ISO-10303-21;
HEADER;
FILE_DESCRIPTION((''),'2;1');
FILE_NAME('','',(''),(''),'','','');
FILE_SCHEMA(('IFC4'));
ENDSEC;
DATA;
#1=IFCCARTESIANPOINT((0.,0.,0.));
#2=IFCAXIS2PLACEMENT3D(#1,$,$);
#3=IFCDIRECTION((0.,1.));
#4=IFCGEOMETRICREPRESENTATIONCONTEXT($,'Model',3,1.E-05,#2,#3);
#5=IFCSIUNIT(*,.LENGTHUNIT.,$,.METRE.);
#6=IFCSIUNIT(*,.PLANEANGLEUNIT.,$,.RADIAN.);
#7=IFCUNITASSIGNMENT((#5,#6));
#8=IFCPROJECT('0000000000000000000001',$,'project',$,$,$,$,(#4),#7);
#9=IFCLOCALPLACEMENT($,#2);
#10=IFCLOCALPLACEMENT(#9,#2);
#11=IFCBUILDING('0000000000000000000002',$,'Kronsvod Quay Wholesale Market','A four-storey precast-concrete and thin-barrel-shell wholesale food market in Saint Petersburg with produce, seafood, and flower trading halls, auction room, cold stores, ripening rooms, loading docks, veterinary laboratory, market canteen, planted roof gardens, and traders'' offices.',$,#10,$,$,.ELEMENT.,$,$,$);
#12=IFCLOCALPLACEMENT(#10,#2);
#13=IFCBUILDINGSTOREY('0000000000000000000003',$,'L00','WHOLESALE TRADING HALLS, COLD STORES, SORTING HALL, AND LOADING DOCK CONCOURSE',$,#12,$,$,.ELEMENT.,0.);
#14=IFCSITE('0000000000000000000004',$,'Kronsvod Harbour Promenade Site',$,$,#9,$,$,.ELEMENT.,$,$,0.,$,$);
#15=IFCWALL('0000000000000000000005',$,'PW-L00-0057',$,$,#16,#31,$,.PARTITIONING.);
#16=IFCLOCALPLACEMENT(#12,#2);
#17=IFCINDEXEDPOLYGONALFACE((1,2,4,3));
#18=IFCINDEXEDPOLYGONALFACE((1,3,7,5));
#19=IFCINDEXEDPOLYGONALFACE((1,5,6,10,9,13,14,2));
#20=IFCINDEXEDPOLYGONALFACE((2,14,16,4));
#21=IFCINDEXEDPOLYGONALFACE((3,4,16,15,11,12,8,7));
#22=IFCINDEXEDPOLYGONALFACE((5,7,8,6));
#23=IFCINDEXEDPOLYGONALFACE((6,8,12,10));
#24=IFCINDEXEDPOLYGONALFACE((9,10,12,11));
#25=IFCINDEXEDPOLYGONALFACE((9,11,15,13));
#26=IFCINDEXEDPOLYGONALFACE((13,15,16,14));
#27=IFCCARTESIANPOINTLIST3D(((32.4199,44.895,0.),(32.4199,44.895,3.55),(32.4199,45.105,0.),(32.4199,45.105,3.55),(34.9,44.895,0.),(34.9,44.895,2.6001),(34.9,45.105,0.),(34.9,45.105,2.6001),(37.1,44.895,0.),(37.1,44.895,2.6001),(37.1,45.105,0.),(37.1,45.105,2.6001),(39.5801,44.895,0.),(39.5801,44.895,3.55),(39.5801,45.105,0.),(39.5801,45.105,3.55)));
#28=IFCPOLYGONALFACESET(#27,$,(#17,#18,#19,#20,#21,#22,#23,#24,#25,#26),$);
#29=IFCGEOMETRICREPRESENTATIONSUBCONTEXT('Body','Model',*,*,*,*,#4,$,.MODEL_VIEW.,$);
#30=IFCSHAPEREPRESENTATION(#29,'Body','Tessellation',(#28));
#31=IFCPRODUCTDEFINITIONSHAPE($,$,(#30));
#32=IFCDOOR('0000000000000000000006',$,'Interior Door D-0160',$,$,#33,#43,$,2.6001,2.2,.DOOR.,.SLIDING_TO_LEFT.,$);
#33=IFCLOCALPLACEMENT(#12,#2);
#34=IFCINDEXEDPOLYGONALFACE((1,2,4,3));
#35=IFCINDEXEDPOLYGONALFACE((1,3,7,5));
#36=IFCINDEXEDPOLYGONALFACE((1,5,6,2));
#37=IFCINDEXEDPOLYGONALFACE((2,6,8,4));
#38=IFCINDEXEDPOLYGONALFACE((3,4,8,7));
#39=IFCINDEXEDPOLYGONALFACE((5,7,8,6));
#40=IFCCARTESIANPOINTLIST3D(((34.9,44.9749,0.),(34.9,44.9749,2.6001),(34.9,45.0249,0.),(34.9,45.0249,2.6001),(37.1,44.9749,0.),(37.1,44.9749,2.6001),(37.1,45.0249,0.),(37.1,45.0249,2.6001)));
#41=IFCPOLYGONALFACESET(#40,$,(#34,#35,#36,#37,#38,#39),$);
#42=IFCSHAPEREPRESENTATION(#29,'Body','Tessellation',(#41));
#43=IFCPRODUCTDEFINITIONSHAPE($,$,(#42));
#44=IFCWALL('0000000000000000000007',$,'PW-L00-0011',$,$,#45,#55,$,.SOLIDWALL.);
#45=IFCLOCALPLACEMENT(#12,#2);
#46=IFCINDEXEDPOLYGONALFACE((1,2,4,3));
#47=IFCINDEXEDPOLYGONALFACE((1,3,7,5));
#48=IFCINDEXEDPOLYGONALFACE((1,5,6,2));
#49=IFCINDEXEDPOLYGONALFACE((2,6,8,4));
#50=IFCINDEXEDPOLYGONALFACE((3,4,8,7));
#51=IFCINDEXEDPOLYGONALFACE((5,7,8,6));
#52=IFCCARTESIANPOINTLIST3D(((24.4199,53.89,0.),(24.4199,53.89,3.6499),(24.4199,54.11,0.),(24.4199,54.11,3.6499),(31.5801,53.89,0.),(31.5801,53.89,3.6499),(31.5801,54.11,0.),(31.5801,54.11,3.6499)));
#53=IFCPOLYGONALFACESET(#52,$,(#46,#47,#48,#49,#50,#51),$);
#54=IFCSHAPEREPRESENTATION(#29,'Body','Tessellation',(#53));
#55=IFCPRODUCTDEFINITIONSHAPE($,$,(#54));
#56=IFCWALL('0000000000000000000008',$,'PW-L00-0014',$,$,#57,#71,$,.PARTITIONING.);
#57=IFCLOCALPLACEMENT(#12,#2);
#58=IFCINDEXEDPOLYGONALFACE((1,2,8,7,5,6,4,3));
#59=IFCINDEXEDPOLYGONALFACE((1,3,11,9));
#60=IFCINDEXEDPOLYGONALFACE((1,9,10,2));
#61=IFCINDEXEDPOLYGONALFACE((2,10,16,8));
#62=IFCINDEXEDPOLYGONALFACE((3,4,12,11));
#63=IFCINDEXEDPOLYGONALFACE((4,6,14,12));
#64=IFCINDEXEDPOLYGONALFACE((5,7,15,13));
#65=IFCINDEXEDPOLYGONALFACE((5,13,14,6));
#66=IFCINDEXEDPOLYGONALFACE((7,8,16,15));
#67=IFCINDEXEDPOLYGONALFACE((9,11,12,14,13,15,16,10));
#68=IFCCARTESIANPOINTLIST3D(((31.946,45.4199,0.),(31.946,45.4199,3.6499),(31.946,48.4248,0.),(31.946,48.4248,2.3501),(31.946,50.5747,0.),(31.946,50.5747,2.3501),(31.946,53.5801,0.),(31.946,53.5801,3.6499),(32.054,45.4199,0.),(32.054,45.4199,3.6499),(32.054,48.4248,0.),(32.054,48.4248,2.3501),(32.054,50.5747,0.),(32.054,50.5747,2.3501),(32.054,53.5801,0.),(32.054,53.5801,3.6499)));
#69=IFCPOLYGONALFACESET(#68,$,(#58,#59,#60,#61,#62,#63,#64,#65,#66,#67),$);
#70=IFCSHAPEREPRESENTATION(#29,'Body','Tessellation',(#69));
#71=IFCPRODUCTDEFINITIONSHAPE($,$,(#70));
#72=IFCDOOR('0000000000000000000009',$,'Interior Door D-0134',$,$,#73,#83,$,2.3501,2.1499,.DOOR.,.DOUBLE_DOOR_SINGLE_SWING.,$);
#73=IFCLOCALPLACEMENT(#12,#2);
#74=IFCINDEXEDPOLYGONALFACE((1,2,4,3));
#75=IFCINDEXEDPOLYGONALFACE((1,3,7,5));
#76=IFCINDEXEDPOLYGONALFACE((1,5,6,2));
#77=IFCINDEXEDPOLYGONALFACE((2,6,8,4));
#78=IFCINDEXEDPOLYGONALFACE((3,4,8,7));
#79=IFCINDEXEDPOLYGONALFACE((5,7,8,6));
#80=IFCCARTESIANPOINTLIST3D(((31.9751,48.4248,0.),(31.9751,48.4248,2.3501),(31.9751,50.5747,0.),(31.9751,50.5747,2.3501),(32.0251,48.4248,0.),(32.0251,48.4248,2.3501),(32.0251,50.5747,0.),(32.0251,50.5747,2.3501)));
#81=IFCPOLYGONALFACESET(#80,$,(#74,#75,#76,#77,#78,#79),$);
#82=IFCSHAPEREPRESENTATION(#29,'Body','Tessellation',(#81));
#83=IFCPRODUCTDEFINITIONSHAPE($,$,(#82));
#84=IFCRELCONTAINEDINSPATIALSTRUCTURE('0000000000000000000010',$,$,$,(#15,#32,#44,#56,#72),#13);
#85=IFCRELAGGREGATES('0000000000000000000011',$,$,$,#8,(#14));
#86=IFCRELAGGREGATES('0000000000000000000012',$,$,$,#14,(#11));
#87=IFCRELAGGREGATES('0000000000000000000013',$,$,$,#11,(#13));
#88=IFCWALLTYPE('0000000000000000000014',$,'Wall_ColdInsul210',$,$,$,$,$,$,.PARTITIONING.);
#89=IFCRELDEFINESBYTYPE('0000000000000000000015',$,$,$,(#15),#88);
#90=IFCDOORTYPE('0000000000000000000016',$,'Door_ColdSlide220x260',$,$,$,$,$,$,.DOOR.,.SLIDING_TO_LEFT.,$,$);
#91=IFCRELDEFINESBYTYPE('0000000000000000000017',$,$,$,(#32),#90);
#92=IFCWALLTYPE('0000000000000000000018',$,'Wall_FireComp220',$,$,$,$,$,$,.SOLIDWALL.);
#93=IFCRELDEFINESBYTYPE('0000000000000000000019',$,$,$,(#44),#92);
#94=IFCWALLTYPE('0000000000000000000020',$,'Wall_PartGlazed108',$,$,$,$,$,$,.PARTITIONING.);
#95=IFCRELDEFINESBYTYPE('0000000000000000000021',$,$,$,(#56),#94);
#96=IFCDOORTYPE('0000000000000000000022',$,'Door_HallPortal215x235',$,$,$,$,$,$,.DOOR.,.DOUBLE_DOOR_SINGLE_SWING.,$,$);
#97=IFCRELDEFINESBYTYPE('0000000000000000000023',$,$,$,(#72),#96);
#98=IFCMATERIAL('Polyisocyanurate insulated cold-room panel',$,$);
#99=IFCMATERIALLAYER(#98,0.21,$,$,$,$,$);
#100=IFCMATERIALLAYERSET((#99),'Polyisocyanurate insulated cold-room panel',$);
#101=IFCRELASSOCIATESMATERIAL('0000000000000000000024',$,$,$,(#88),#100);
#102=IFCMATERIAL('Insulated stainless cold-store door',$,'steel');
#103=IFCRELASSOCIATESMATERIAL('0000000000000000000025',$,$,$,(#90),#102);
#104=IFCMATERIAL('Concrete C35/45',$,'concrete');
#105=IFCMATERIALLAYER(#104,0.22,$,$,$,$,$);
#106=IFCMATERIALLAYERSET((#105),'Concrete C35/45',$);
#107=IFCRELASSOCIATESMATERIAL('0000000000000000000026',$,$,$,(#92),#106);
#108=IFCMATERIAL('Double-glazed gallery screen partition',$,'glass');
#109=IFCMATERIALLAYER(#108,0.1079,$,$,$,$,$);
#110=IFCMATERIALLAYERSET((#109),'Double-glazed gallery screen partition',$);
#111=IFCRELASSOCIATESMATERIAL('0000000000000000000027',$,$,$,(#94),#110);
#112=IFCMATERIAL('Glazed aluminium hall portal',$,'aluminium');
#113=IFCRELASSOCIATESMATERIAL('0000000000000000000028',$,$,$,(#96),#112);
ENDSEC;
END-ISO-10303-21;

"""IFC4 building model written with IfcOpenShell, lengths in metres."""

from ifc_helpers import new_model, si_unit, direction, frame, frame_2d, origin, place, context, subcontext, project, spatial, rectangle, extrude, material, layer, layer_set, type_object, element, fill, save


model = new_model("IFC4")

# Units and contexts
model_context = context("Model", 3, precision=1e-05, world=origin(), true_north=direction((0.0, 1.0)))
body_context = subcontext(model_context, "Body", "Model", "MODEL_VIEW")
ifc_project = project(units=[si_unit("LENGTHUNIT", "METRE"), si_unit("PLANEANGLEUNIT", "RADIAN")], contexts=[model_context])

# Site, building, storey
site_placement = place(None, origin())
site = spatial("IfcSite", under=ifc_project, at=site_placement, Name="Kronsvod Harbour Promenade Site", CompositionType="ELEMENT", RefElevation=0.0)
building_placement = place(site_placement, origin())
building = spatial("IfcBuilding", under=site, at=building_placement, Name="Kronsvod Quay Wholesale Market", Description="A four-storey precast-concrete and thin-barrel-shell wholesale food market in Saint Petersburg with produce, seafood, and flower trading halls, auction room, cold stores, ripening rooms, loading docks, veterinary laboratory, market canteen, planted roof gardens, and traders' offices.", CompositionType="ELEMENT")
storey_placement = place(building_placement, origin())
storey = spatial("IfcBuildingStorey", under=building, at=storey_placement, Name="L00", Description="WHOLESALE TRADING HALLS, COLD STORES, SORTING HALL, AND LOADING DOCK CONCOURSE", CompositionType="ELEMENT", Elevation=0.0)

# Wall, opening, door
ifc_material_1 = material(Name="Polyisocyanurate insulated cold-room panel")
ifc_layer_1 = layer(ifc_material_1, 0.21)
ifc_layer_set_1 = layer_set([ifc_layer_1], Name="Polyisocyanurate insulated cold-room panel")
wall_type_1 = type_object("IfcWallType", Name="Wall_ColdInsul210", PredefinedType="PARTITIONING", material=ifc_layer_set_1)
wall_1_placement = place(storey_placement, frame((32.4199, 45.0, 0.0), z_axis=(0.0, 0.0, 1.0), x_axis=(1.0, 0.0, 0.0)))
wall_1 = element("IfcWall", 1, at=wall_1_placement, inside=storey, type_object=wall_type_1, Name="PW-L00-0057", PredefinedType="PARTITIONING", context=body_context, shape_type="SweptSolid", body=[
    extrude(rectangle(XDim=7.1602, YDim=0.21, at=frame_2d((3.5801, 0.0))), origin(), (0.0, 0.0, 1.0), 3.55),
])
opening_1_placement = place(wall_1_placement, frame((2.48, 0.0, 0.0)))
opening_1 = element("IfcOpeningElement", 2, at=opening_1_placement, cuts=wall_1, PredefinedType="OPENING", context=body_context, shape_type="SweptSolid", body=[
    extrude(rectangle(XDim=2.2, YDim=2.6001, at=frame_2d((1.1001, 1.3))), frame((0.0, 0.115, 0.0), z_axis=(0.0, -1.0, 0.0), x_axis=(1.0, 0.0, 0.0)), (0.0, 0.0, 1.0), 0.23),
])
ifc_material_2 = material(Name="Insulated stainless cold-store door", Category="steel")
door_type_1 = type_object("IfcDoorType", Name="Door_ColdSlide220x260", OperationType="SLIDING_TO_LEFT", PredefinedType="DOOR", material=ifc_material_2)
door_1_placement = place(opening_1_placement, origin())
door_1 = element("IfcDoor", 3, at=door_1_placement, inside=storey, type_object=door_type_1, Name="Interior Door D-0160", OperationType="SLIDING_TO_LEFT", OverallHeight=2.6001, OverallWidth=2.2, PredefinedType="DOOR", context=body_context, shape_type="SweptSolid", body=[
    extrude(rectangle(XDim=2.2, YDim=2.6001, at=frame_2d((1.1001, 1.3))), frame((0.0, 0.0249, 0.0), z_axis=(0.0, -1.0, 0.0), x_axis=(1.0, 0.0, 0.0)), (0.0, 0.0, 1.0), 0.05),
])
fill(opening_1, door_1)

# Wall
ifc_material_3 = material(Name="Concrete C35/45", Category="concrete")
ifc_layer_2 = layer(ifc_material_3, 0.22)
ifc_layer_set_2 = layer_set([ifc_layer_2], Name="Concrete C35/45")
wall_type_2 = type_object("IfcWallType", Name="Wall_FireComp220", PredefinedType="SOLIDWALL", material=ifc_layer_set_2)
wall_2_placement = place(storey_placement, frame((24.4199, 54.0, 0.0), z_axis=(0.0, 0.0, 1.0), x_axis=(1.0, 0.0, 0.0)))
element("IfcWall", 4, at=wall_2_placement, inside=storey, type_object=wall_type_2, Name="PW-L00-0011", PredefinedType="SOLIDWALL", context=body_context, shape_type="SweptSolid", body=[
    extrude(rectangle(XDim=7.1602, YDim=0.22, at=frame_2d((3.5801, 0.0))), origin(), (0.0, 0.0, 1.0), 3.6499),
])

# Wall, opening, door
ifc_material_4 = material(Name="Double-glazed gallery screen partition", Category="glass")
ifc_layer_3 = layer(ifc_material_4, 0.1079)
ifc_layer_set_3 = layer_set([ifc_layer_3], Name="Double-glazed gallery screen partition")
wall_type_3 = type_object("IfcWallType", Name="Wall_PartGlazed108", PredefinedType="PARTITIONING", material=ifc_layer_set_3)
wall_3_placement = place(storey_placement, frame((32.0, 45.4199, 0.0), z_axis=(0.0, 0.0, 1.0), x_axis=(0.0, 1.0, 0.0)))
wall_3 = element("IfcWall", 5, at=wall_3_placement, inside=storey, type_object=wall_type_3, Name="PW-L00-0014", PredefinedType="PARTITIONING", context=body_context, shape_type="SweptSolid", body=[
    extrude(rectangle(XDim=8.1602, YDim=0.1079, at=frame_2d((4.0801, 0.0))), origin(), (0.0, 0.0, 1.0), 3.6499),
])
opening_2_placement = place(wall_3_placement, frame((3.0049, 0.0, 0.0)))
opening_2 = element("IfcOpeningElement", 6, at=opening_2_placement, cuts=wall_3, PredefinedType="OPENING", context=body_context, shape_type="SweptSolid", body=[
    extrude(rectangle(XDim=2.1499, YDim=2.3501, at=frame_2d((1.075, 1.175))), frame((0.0, 0.064, 0.0), z_axis=(0.0, -1.0, 0.0), x_axis=(1.0, 0.0, 0.0)), (0.0, 0.0, 1.0), 0.1279),
])
ifc_material_5 = material(Name="Glazed aluminium hall portal", Category="aluminium")
door_type_2 = type_object("IfcDoorType", Name="Door_HallPortal215x235", OperationType="DOUBLE_DOOR_SINGLE_SWING", PredefinedType="DOOR", material=ifc_material_5)
door_2_placement = place(opening_2_placement, origin())
door_2 = element("IfcDoor", 7, at=door_2_placement, inside=storey, type_object=door_type_2, Name="Interior Door D-0134", OperationType="DOUBLE_DOOR_SINGLE_SWING", OverallHeight=2.3501, OverallWidth=2.1499, PredefinedType="DOOR", context=body_context, shape_type="SweptSolid", body=[
    extrude(rectangle(XDim=2.1499, YDim=2.3501, at=frame_2d((1.075, 1.175))), frame((0.0, 0.0249, 0.0), z_axis=(0.0, -1.0, 0.0), x_axis=(1.0, 0.0, 0.0)), (0.0, 0.0, 1.0), 0.05),
])
fill(opening_2, door_2)

save(model, "model.ifc")
